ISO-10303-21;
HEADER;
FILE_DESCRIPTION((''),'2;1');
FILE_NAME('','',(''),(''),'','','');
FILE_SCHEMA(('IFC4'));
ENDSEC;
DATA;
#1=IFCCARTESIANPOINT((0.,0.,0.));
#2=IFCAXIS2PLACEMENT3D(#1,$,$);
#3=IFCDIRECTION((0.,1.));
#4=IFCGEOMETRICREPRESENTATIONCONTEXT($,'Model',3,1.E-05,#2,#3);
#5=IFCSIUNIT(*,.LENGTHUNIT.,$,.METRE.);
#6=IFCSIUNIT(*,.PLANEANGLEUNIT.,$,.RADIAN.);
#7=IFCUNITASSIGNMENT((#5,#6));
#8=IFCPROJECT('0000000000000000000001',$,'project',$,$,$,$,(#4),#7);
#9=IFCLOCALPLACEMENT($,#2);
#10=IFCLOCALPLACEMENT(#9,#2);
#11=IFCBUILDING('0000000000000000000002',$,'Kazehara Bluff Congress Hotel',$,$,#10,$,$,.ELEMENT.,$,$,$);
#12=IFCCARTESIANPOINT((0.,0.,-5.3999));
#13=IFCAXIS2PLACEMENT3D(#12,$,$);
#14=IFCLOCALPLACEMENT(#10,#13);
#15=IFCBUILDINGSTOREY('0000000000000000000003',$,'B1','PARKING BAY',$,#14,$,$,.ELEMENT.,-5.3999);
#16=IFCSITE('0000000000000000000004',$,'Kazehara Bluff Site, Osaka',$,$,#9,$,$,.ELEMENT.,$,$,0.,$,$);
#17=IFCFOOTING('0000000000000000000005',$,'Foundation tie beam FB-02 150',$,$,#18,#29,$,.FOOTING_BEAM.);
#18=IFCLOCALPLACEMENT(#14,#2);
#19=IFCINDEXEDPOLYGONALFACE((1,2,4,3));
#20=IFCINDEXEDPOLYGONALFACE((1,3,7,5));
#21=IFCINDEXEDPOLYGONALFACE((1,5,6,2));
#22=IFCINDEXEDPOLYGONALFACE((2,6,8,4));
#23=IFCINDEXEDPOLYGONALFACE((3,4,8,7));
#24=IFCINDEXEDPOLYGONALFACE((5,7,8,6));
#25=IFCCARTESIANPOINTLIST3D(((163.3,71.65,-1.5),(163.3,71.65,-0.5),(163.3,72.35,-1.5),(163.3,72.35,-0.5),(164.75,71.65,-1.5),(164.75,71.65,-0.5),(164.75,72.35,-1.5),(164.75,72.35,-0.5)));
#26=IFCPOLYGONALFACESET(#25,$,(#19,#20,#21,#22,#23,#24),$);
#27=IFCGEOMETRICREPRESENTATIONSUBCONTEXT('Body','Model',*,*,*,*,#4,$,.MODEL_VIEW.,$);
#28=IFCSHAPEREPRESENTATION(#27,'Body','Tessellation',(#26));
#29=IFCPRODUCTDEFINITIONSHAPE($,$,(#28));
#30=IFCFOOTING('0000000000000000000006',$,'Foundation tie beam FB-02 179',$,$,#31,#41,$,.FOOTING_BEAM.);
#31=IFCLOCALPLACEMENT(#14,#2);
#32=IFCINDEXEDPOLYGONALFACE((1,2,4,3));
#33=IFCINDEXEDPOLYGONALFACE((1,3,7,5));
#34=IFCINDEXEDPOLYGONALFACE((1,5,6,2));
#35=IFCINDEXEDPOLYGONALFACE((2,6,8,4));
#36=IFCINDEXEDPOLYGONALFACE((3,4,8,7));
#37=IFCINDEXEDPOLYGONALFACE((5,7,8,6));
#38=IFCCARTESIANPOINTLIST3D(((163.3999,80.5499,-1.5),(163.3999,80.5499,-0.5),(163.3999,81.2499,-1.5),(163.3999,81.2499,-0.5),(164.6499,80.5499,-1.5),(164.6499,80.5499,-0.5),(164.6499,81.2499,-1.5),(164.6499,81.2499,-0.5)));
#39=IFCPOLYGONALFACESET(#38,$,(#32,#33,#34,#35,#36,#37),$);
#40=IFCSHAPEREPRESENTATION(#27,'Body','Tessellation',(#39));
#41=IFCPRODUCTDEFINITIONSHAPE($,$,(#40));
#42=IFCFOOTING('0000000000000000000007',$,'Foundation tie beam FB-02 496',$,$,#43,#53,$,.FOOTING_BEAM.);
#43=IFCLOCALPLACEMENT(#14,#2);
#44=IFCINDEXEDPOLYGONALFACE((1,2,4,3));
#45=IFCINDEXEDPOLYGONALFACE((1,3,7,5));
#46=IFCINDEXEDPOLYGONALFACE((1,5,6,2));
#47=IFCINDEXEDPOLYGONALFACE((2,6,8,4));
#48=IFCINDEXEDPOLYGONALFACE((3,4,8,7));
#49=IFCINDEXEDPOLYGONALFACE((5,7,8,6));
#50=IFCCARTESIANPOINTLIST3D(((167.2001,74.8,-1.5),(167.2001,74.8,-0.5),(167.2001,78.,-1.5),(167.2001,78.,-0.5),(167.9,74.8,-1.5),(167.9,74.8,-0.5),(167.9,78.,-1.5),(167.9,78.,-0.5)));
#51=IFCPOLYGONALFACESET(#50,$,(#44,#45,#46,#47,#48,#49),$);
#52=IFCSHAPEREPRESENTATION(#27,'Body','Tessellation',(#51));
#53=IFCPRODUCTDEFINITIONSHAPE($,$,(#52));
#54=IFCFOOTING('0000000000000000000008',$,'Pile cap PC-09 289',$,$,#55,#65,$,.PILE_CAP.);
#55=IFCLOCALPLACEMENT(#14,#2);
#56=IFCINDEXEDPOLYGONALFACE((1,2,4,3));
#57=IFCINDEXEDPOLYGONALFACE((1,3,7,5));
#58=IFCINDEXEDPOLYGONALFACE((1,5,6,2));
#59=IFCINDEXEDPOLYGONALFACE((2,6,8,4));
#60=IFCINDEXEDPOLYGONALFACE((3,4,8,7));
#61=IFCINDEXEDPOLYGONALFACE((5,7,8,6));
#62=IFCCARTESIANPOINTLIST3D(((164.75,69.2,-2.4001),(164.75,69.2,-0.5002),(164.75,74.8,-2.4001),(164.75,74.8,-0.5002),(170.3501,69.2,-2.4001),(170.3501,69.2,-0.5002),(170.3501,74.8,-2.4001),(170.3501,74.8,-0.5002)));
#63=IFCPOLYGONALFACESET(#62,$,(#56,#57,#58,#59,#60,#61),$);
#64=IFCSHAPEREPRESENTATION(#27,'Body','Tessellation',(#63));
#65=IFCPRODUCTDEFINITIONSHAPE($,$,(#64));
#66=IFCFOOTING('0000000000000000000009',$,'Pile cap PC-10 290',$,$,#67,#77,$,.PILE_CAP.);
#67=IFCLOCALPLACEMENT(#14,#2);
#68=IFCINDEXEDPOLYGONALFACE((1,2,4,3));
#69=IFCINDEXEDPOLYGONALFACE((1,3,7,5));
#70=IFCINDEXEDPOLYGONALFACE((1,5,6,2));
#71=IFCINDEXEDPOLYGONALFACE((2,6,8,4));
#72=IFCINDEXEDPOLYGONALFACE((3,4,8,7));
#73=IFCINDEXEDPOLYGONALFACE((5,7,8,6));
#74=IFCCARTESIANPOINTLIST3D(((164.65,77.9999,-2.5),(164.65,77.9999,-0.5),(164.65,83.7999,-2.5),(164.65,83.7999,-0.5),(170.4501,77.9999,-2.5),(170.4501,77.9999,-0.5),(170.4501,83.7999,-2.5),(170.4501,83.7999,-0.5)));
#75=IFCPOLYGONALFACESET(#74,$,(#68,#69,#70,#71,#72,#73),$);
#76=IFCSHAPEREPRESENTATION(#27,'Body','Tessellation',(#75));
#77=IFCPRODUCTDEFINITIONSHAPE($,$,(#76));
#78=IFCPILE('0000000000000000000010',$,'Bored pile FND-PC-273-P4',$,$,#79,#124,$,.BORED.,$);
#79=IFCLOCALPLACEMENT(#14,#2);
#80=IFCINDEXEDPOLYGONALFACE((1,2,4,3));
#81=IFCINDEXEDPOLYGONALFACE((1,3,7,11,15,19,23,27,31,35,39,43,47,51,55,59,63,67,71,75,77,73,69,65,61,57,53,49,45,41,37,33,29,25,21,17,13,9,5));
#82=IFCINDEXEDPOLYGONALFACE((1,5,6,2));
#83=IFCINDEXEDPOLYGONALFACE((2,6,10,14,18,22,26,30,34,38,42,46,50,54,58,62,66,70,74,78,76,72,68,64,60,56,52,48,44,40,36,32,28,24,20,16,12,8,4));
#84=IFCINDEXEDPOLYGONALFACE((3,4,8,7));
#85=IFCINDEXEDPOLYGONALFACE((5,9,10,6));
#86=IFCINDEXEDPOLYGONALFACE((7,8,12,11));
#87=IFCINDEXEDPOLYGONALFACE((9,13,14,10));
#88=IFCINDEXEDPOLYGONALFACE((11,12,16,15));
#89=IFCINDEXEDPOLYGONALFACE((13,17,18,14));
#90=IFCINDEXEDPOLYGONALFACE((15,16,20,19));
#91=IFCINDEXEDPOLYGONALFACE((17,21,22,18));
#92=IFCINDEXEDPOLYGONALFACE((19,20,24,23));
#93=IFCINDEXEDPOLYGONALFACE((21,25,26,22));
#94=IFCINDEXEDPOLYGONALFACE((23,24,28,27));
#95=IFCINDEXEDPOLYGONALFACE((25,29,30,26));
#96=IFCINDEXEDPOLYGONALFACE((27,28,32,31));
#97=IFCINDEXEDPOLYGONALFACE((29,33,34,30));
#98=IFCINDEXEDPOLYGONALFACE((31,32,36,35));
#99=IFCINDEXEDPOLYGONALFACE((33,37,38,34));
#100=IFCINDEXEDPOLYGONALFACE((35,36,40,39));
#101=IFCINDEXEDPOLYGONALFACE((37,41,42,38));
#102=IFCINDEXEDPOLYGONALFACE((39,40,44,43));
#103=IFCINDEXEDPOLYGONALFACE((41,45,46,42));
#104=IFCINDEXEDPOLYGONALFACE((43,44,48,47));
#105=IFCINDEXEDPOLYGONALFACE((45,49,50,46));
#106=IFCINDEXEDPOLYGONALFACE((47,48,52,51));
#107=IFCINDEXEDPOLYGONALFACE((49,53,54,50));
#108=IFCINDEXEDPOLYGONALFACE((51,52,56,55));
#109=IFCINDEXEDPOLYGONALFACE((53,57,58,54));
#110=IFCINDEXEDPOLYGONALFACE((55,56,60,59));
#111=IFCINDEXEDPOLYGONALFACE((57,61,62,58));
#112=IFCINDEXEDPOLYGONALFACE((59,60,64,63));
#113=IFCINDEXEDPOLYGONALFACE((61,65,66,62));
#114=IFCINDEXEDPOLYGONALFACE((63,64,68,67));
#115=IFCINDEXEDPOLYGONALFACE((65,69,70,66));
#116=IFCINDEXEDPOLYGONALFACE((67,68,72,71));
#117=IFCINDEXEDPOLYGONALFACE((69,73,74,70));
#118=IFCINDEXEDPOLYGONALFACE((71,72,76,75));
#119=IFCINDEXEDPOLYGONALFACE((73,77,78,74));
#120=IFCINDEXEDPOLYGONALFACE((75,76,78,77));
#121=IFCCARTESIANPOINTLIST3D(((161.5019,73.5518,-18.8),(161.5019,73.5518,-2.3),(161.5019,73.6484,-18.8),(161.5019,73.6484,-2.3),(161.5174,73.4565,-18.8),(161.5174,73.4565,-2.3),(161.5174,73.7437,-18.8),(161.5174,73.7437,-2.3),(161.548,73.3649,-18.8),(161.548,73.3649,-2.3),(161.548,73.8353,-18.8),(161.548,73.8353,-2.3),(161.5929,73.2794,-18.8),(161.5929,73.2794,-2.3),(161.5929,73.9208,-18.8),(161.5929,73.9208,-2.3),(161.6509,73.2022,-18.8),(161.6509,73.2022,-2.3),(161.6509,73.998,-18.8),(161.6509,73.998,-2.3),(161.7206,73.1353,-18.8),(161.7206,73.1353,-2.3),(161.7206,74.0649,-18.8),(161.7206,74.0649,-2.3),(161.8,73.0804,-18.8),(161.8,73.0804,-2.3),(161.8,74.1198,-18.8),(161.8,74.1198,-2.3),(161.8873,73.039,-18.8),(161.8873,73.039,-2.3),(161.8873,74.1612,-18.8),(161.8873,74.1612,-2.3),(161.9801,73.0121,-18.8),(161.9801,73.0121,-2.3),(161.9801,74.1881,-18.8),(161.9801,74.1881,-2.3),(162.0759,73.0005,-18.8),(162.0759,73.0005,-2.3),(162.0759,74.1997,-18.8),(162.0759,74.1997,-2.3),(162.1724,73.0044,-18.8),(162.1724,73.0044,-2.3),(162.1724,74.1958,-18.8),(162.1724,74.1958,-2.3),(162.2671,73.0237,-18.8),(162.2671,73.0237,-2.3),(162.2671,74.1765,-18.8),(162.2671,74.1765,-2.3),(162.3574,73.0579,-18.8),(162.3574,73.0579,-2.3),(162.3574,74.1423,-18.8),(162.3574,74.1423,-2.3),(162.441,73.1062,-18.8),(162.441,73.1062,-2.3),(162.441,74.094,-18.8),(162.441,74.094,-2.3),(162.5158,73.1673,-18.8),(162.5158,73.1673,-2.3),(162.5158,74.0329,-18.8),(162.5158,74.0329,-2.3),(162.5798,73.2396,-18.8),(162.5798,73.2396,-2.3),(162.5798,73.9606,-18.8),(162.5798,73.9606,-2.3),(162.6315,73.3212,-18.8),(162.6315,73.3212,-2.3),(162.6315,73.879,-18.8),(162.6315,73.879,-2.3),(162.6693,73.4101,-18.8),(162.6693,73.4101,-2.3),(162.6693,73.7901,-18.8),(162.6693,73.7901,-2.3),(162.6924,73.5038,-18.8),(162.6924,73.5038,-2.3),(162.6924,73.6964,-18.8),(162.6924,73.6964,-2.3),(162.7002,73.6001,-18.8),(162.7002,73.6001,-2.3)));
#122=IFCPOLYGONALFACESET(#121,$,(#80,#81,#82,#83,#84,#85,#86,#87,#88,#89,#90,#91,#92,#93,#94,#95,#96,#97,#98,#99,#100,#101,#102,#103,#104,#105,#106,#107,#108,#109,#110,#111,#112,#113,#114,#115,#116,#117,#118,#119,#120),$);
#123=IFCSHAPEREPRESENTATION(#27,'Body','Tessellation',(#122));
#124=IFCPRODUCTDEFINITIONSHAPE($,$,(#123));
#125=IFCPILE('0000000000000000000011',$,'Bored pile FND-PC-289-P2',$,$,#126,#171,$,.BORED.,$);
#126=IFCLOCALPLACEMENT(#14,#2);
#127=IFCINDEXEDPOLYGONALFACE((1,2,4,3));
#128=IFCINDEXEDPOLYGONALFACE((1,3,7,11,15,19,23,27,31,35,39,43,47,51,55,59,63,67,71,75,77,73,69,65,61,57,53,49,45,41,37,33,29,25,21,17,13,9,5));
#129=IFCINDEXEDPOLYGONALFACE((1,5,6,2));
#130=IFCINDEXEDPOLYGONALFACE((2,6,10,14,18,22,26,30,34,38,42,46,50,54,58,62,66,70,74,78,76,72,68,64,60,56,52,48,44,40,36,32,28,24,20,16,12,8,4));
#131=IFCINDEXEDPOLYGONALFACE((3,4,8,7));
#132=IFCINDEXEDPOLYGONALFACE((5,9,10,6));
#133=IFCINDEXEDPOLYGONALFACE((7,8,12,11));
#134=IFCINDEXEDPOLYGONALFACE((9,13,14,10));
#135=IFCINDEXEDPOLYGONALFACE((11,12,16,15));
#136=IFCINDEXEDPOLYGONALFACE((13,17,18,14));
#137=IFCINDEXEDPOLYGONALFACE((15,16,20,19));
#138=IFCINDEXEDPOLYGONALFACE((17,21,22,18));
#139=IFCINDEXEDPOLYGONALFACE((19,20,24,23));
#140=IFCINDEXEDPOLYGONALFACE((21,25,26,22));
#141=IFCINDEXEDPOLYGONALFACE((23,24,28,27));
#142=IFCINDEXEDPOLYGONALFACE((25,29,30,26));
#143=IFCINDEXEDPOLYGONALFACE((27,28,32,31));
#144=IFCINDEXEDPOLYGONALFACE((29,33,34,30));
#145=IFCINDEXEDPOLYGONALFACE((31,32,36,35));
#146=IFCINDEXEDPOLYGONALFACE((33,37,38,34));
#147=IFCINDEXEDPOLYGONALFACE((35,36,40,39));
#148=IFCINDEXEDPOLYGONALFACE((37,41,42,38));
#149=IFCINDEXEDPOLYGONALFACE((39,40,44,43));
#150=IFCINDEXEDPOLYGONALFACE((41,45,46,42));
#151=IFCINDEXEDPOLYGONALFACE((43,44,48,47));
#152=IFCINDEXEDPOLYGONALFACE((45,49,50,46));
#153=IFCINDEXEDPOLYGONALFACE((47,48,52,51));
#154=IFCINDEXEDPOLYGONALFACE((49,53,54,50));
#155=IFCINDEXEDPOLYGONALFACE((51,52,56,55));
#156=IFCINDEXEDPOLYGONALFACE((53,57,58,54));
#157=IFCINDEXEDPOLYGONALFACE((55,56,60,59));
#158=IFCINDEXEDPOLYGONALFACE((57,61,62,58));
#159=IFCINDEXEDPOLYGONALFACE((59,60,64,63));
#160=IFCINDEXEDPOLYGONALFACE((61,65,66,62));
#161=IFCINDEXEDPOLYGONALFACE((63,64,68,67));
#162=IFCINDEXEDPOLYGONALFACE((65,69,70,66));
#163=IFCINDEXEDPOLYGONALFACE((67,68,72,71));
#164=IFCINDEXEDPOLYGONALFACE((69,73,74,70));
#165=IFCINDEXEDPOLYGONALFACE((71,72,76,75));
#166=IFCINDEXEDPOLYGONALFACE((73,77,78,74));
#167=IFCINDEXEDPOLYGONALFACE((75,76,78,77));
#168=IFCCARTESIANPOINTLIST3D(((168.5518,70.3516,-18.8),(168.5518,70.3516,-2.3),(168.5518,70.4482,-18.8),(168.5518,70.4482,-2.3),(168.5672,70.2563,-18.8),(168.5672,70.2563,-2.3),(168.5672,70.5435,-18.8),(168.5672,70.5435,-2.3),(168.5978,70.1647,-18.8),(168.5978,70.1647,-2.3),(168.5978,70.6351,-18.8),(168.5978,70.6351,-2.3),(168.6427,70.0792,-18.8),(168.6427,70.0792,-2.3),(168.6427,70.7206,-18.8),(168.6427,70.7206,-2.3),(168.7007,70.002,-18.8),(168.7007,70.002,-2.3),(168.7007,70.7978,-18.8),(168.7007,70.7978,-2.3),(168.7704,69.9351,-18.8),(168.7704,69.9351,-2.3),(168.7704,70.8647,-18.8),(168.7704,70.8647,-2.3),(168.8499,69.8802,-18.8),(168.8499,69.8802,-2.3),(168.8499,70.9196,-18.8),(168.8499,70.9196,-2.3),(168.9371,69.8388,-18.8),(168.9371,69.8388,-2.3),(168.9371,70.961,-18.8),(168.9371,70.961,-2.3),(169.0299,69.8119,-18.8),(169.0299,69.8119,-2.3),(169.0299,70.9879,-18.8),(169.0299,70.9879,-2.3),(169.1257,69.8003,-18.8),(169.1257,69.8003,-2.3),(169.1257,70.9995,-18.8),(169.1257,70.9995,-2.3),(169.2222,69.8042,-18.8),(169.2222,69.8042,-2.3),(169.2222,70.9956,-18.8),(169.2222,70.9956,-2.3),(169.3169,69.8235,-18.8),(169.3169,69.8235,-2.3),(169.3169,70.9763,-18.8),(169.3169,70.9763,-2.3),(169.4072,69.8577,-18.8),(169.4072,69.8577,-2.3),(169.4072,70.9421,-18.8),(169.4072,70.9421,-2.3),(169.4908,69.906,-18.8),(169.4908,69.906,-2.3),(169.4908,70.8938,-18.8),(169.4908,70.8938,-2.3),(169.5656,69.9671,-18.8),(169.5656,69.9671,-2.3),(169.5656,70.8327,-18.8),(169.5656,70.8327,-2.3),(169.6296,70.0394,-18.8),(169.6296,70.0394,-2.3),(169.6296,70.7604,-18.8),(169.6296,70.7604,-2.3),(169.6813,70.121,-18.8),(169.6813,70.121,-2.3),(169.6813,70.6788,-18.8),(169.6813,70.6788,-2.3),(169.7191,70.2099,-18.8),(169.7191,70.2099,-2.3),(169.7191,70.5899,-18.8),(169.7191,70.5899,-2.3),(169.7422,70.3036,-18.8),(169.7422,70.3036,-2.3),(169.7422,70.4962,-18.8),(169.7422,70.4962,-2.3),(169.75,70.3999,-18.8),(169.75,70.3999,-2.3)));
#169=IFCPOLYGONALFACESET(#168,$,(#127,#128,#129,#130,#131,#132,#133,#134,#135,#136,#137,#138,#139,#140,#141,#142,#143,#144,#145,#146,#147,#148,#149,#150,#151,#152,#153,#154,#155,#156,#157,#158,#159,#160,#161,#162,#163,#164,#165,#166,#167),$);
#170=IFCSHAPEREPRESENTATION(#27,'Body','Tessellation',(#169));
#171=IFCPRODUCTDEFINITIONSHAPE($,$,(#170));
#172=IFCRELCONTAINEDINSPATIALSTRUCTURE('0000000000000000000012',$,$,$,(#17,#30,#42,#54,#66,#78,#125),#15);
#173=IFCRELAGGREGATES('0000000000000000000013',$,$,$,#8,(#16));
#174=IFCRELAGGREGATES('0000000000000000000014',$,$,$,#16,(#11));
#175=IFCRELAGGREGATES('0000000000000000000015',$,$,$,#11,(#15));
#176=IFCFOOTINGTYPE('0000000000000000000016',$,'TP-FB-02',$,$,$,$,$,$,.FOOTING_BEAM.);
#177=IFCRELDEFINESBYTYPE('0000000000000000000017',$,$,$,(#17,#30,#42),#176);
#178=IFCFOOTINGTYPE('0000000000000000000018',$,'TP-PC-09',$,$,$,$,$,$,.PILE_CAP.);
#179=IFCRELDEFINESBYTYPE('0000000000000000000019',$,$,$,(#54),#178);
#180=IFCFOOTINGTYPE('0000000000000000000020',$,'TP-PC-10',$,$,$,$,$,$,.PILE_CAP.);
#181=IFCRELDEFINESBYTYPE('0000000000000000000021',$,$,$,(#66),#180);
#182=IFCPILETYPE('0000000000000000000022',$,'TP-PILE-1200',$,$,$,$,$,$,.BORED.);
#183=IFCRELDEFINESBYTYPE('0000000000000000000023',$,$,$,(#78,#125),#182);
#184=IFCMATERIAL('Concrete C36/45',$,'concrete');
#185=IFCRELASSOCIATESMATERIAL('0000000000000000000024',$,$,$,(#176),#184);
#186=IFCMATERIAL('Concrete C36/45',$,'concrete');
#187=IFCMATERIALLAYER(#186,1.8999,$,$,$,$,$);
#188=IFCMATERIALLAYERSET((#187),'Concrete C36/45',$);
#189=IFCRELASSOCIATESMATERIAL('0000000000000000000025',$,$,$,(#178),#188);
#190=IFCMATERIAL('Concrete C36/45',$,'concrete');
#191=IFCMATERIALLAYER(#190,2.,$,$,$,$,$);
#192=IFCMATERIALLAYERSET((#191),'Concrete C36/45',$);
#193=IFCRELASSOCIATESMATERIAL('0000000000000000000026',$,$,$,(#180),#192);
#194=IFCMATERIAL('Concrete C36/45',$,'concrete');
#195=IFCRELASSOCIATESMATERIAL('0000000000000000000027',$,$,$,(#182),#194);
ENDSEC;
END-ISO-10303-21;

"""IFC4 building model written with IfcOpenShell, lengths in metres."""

from ifc_helpers import new_model, si_unit, direction, frame, origin, origin_2d, place, context, subcontext, project, spatial, rectangle, circle, extrude, material, layer, layer_set, material_profile, profile_set, type_object, element, save


model = new_model("IFC4")

# Units and contexts
model_context = context("Model", 3, precision=1e-05, world=origin(), true_north=direction((0.0, 1.0)))
body_context = subcontext(model_context, "Body", "Model", "MODEL_VIEW")
ifc_project = project(units=[si_unit("LENGTHUNIT", "METRE"), si_unit("PLANEANGLEUNIT", "RADIAN")], contexts=[model_context])

# Site, building, storey
site_placement = place(None, origin())
site = spatial("IfcSite", under=ifc_project, at=site_placement, Name="Kazehara Bluff Site, Osaka", CompositionType="ELEMENT", RefElevation=0.0)
building_placement = place(site_placement, origin())
building = spatial("IfcBuilding", under=site, at=building_placement, Name="Kazehara Bluff Congress Hotel", CompositionType="ELEMENT")
storey_placement = place(building_placement, frame((0.0, 0.0, -5.3999)))
storey = spatial("IfcBuildingStorey", under=building, at=storey_placement, Name="B1", Description="PARKING BAY", CompositionType="ELEMENT", Elevation=-5.3999)

# Footings
ifc_material_1 = material(Name="Concrete C36/45", Category="concrete")
ifc_material_profile_1 = material_profile(ifc_material_1, rectangle(XDim=0.7, YDim=1.0, at=origin_2d()))
ifc_profile_set_1 = profile_set([ifc_material_profile_1], Name="Concrete C36/45")
footing_type_1 = type_object("IfcFootingType", Name="TP-FB-02", PredefinedType="FOOTING_BEAM", material=ifc_profile_set_1)
footing_1_placement = place(storey_placement, frame((163.3, 72.0, -1.0), z_axis=(1.0, 0.0, 0.0), x_axis=(0.0, 1.0, 0.0)))
element("IfcFooting", 1, at=footing_1_placement, inside=storey, type_object=footing_type_1, Name="Foundation tie beam FB-02 150", PredefinedType="FOOTING_BEAM", context=body_context, shape_type="SweptSolid", body=[
    extrude(rectangle(XDim=0.7, YDim=1.0, at=origin_2d()), origin(), (0.0, 0.0, 1.0), 1.45),
])
footing_2_placement = place(storey_placement, frame((163.3999, 80.8999, -1.0), z_axis=(1.0, 0.0, 0.0), x_axis=(0.0, 1.0, 0.0)))
element("IfcFooting", 2, at=footing_2_placement, inside=storey, type_object=footing_type_1, Name="Foundation tie beam FB-02 179", PredefinedType="FOOTING_BEAM", context=body_context, shape_type="SweptSolid", body=[
    extrude(rectangle(XDim=0.7, YDim=1.0, at=origin_2d()), origin(), (0.0, 0.0, 1.0), 1.25),
])
footing_3_placement = place(storey_placement, frame((167.55, 74.8, -1.0), z_axis=(0.0, 1.0, 0.0), x_axis=(-1.0, 0.0, 0.0)))
element("IfcFooting", 3, at=footing_3_placement, inside=storey, type_object=footing_type_1, Name="Foundation tie beam FB-02 496", PredefinedType="FOOTING_BEAM", context=body_context, shape_type="SweptSolid", body=[
    extrude(rectangle(XDim=0.7, YDim=1.0, at=origin_2d()), origin(), (0.0, 0.0, 1.0), 3.2),
])
ifc_material_2 = material(Name="Concrete C36/45", Category="concrete")
ifc_layer_1 = layer(ifc_material_2, 1.8999)
ifc_layer_set_1 = layer_set([ifc_layer_1], Name="Concrete C36/45")
footing_type_2 = type_object("IfcFootingType", Name="TP-PC-09", PredefinedType="PILE_CAP", material=ifc_layer_set_1)
footing_4_placement = place(storey_placement, frame((167.55, 72.0, -2.4001), z_axis=(0.0, 0.0, 1.0), x_axis=(1.0, 0.0, 0.0)))
element("IfcFooting", 4, at=footing_4_placement, inside=storey, type_object=footing_type_2, Name="Pile cap PC-09 289", PredefinedType="PILE_CAP", context=body_context, shape_type="SweptSolid", body=[
    extrude(rectangle(XDim=5.6001, YDim=5.6001, at=origin_2d()), origin(), (0.0, 0.0, 1.0), 1.8999),
])
ifc_material_3 = material(Name="Concrete C36/45", Category="concrete")
ifc_layer_2 = layer(ifc_material_3, 2.0)
ifc_layer_set_2 = layer_set([ifc_layer_2], Name="Concrete C36/45")
footing_type_3 = type_object("IfcFootingType", Name="TP-PC-10", PredefinedType="PILE_CAP", material=ifc_layer_set_2)
footing_5_placement = place(storey_placement, frame((167.55, 80.8999, -2.5), z_axis=(0.0, 0.0, 1.0), x_axis=(1.0, 0.0, 0.0)))
element("IfcFooting", 5, at=footing_5_placement, inside=storey, type_object=footing_type_3, Name="Pile cap PC-10 290", PredefinedType="PILE_CAP", context=body_context, shape_type="SweptSolid", body=[
    extrude(rectangle(XDim=5.8, YDim=5.8, at=origin_2d()), origin(), (0.0, 0.0, 1.0), 2.0),
])

# Piles
ifc_material_4 = material(Name="Concrete C36/45", Category="concrete")
ifc_material_profile_2 = material_profile(ifc_material_4, circle(Radius=0.6001, at=origin_2d()))
ifc_profile_set_2 = profile_set([ifc_material_profile_2], Name="Concrete C36/45")
pile_type_1 = type_object("IfcPileType", Name="TP-PILE-1200", PredefinedType="BORED", material=ifc_profile_set_2)
for number, where, z_axis, x_axis, name in (
    (6, (162.1001, 73.6001, -2.3), (0.0, 0.0, -1.0), (1.0, 0.0, 0.0), "Bored pile FND-PC-273-P4"),
    (7, (169.1499, 70.3999, -2.3), (0.0, 0.0, -1.0), (1.0, 0.0, 0.0), "Bored pile FND-PC-289-P2"),
):
    element("IfcPile", number, at=place(storey_placement, frame(where, z_axis=z_axis, x_axis=x_axis)), inside=storey, type_object=pile_type_1, Name=name, PredefinedType="BORED", context=body_context, shape_type="SweptSolid", body=[
        extrude(circle(Radius=0.6001, at=origin_2d()), origin(), (0.0, 0.0, 1.0), 16.5),
    ])

save(model, "model.ifc")
